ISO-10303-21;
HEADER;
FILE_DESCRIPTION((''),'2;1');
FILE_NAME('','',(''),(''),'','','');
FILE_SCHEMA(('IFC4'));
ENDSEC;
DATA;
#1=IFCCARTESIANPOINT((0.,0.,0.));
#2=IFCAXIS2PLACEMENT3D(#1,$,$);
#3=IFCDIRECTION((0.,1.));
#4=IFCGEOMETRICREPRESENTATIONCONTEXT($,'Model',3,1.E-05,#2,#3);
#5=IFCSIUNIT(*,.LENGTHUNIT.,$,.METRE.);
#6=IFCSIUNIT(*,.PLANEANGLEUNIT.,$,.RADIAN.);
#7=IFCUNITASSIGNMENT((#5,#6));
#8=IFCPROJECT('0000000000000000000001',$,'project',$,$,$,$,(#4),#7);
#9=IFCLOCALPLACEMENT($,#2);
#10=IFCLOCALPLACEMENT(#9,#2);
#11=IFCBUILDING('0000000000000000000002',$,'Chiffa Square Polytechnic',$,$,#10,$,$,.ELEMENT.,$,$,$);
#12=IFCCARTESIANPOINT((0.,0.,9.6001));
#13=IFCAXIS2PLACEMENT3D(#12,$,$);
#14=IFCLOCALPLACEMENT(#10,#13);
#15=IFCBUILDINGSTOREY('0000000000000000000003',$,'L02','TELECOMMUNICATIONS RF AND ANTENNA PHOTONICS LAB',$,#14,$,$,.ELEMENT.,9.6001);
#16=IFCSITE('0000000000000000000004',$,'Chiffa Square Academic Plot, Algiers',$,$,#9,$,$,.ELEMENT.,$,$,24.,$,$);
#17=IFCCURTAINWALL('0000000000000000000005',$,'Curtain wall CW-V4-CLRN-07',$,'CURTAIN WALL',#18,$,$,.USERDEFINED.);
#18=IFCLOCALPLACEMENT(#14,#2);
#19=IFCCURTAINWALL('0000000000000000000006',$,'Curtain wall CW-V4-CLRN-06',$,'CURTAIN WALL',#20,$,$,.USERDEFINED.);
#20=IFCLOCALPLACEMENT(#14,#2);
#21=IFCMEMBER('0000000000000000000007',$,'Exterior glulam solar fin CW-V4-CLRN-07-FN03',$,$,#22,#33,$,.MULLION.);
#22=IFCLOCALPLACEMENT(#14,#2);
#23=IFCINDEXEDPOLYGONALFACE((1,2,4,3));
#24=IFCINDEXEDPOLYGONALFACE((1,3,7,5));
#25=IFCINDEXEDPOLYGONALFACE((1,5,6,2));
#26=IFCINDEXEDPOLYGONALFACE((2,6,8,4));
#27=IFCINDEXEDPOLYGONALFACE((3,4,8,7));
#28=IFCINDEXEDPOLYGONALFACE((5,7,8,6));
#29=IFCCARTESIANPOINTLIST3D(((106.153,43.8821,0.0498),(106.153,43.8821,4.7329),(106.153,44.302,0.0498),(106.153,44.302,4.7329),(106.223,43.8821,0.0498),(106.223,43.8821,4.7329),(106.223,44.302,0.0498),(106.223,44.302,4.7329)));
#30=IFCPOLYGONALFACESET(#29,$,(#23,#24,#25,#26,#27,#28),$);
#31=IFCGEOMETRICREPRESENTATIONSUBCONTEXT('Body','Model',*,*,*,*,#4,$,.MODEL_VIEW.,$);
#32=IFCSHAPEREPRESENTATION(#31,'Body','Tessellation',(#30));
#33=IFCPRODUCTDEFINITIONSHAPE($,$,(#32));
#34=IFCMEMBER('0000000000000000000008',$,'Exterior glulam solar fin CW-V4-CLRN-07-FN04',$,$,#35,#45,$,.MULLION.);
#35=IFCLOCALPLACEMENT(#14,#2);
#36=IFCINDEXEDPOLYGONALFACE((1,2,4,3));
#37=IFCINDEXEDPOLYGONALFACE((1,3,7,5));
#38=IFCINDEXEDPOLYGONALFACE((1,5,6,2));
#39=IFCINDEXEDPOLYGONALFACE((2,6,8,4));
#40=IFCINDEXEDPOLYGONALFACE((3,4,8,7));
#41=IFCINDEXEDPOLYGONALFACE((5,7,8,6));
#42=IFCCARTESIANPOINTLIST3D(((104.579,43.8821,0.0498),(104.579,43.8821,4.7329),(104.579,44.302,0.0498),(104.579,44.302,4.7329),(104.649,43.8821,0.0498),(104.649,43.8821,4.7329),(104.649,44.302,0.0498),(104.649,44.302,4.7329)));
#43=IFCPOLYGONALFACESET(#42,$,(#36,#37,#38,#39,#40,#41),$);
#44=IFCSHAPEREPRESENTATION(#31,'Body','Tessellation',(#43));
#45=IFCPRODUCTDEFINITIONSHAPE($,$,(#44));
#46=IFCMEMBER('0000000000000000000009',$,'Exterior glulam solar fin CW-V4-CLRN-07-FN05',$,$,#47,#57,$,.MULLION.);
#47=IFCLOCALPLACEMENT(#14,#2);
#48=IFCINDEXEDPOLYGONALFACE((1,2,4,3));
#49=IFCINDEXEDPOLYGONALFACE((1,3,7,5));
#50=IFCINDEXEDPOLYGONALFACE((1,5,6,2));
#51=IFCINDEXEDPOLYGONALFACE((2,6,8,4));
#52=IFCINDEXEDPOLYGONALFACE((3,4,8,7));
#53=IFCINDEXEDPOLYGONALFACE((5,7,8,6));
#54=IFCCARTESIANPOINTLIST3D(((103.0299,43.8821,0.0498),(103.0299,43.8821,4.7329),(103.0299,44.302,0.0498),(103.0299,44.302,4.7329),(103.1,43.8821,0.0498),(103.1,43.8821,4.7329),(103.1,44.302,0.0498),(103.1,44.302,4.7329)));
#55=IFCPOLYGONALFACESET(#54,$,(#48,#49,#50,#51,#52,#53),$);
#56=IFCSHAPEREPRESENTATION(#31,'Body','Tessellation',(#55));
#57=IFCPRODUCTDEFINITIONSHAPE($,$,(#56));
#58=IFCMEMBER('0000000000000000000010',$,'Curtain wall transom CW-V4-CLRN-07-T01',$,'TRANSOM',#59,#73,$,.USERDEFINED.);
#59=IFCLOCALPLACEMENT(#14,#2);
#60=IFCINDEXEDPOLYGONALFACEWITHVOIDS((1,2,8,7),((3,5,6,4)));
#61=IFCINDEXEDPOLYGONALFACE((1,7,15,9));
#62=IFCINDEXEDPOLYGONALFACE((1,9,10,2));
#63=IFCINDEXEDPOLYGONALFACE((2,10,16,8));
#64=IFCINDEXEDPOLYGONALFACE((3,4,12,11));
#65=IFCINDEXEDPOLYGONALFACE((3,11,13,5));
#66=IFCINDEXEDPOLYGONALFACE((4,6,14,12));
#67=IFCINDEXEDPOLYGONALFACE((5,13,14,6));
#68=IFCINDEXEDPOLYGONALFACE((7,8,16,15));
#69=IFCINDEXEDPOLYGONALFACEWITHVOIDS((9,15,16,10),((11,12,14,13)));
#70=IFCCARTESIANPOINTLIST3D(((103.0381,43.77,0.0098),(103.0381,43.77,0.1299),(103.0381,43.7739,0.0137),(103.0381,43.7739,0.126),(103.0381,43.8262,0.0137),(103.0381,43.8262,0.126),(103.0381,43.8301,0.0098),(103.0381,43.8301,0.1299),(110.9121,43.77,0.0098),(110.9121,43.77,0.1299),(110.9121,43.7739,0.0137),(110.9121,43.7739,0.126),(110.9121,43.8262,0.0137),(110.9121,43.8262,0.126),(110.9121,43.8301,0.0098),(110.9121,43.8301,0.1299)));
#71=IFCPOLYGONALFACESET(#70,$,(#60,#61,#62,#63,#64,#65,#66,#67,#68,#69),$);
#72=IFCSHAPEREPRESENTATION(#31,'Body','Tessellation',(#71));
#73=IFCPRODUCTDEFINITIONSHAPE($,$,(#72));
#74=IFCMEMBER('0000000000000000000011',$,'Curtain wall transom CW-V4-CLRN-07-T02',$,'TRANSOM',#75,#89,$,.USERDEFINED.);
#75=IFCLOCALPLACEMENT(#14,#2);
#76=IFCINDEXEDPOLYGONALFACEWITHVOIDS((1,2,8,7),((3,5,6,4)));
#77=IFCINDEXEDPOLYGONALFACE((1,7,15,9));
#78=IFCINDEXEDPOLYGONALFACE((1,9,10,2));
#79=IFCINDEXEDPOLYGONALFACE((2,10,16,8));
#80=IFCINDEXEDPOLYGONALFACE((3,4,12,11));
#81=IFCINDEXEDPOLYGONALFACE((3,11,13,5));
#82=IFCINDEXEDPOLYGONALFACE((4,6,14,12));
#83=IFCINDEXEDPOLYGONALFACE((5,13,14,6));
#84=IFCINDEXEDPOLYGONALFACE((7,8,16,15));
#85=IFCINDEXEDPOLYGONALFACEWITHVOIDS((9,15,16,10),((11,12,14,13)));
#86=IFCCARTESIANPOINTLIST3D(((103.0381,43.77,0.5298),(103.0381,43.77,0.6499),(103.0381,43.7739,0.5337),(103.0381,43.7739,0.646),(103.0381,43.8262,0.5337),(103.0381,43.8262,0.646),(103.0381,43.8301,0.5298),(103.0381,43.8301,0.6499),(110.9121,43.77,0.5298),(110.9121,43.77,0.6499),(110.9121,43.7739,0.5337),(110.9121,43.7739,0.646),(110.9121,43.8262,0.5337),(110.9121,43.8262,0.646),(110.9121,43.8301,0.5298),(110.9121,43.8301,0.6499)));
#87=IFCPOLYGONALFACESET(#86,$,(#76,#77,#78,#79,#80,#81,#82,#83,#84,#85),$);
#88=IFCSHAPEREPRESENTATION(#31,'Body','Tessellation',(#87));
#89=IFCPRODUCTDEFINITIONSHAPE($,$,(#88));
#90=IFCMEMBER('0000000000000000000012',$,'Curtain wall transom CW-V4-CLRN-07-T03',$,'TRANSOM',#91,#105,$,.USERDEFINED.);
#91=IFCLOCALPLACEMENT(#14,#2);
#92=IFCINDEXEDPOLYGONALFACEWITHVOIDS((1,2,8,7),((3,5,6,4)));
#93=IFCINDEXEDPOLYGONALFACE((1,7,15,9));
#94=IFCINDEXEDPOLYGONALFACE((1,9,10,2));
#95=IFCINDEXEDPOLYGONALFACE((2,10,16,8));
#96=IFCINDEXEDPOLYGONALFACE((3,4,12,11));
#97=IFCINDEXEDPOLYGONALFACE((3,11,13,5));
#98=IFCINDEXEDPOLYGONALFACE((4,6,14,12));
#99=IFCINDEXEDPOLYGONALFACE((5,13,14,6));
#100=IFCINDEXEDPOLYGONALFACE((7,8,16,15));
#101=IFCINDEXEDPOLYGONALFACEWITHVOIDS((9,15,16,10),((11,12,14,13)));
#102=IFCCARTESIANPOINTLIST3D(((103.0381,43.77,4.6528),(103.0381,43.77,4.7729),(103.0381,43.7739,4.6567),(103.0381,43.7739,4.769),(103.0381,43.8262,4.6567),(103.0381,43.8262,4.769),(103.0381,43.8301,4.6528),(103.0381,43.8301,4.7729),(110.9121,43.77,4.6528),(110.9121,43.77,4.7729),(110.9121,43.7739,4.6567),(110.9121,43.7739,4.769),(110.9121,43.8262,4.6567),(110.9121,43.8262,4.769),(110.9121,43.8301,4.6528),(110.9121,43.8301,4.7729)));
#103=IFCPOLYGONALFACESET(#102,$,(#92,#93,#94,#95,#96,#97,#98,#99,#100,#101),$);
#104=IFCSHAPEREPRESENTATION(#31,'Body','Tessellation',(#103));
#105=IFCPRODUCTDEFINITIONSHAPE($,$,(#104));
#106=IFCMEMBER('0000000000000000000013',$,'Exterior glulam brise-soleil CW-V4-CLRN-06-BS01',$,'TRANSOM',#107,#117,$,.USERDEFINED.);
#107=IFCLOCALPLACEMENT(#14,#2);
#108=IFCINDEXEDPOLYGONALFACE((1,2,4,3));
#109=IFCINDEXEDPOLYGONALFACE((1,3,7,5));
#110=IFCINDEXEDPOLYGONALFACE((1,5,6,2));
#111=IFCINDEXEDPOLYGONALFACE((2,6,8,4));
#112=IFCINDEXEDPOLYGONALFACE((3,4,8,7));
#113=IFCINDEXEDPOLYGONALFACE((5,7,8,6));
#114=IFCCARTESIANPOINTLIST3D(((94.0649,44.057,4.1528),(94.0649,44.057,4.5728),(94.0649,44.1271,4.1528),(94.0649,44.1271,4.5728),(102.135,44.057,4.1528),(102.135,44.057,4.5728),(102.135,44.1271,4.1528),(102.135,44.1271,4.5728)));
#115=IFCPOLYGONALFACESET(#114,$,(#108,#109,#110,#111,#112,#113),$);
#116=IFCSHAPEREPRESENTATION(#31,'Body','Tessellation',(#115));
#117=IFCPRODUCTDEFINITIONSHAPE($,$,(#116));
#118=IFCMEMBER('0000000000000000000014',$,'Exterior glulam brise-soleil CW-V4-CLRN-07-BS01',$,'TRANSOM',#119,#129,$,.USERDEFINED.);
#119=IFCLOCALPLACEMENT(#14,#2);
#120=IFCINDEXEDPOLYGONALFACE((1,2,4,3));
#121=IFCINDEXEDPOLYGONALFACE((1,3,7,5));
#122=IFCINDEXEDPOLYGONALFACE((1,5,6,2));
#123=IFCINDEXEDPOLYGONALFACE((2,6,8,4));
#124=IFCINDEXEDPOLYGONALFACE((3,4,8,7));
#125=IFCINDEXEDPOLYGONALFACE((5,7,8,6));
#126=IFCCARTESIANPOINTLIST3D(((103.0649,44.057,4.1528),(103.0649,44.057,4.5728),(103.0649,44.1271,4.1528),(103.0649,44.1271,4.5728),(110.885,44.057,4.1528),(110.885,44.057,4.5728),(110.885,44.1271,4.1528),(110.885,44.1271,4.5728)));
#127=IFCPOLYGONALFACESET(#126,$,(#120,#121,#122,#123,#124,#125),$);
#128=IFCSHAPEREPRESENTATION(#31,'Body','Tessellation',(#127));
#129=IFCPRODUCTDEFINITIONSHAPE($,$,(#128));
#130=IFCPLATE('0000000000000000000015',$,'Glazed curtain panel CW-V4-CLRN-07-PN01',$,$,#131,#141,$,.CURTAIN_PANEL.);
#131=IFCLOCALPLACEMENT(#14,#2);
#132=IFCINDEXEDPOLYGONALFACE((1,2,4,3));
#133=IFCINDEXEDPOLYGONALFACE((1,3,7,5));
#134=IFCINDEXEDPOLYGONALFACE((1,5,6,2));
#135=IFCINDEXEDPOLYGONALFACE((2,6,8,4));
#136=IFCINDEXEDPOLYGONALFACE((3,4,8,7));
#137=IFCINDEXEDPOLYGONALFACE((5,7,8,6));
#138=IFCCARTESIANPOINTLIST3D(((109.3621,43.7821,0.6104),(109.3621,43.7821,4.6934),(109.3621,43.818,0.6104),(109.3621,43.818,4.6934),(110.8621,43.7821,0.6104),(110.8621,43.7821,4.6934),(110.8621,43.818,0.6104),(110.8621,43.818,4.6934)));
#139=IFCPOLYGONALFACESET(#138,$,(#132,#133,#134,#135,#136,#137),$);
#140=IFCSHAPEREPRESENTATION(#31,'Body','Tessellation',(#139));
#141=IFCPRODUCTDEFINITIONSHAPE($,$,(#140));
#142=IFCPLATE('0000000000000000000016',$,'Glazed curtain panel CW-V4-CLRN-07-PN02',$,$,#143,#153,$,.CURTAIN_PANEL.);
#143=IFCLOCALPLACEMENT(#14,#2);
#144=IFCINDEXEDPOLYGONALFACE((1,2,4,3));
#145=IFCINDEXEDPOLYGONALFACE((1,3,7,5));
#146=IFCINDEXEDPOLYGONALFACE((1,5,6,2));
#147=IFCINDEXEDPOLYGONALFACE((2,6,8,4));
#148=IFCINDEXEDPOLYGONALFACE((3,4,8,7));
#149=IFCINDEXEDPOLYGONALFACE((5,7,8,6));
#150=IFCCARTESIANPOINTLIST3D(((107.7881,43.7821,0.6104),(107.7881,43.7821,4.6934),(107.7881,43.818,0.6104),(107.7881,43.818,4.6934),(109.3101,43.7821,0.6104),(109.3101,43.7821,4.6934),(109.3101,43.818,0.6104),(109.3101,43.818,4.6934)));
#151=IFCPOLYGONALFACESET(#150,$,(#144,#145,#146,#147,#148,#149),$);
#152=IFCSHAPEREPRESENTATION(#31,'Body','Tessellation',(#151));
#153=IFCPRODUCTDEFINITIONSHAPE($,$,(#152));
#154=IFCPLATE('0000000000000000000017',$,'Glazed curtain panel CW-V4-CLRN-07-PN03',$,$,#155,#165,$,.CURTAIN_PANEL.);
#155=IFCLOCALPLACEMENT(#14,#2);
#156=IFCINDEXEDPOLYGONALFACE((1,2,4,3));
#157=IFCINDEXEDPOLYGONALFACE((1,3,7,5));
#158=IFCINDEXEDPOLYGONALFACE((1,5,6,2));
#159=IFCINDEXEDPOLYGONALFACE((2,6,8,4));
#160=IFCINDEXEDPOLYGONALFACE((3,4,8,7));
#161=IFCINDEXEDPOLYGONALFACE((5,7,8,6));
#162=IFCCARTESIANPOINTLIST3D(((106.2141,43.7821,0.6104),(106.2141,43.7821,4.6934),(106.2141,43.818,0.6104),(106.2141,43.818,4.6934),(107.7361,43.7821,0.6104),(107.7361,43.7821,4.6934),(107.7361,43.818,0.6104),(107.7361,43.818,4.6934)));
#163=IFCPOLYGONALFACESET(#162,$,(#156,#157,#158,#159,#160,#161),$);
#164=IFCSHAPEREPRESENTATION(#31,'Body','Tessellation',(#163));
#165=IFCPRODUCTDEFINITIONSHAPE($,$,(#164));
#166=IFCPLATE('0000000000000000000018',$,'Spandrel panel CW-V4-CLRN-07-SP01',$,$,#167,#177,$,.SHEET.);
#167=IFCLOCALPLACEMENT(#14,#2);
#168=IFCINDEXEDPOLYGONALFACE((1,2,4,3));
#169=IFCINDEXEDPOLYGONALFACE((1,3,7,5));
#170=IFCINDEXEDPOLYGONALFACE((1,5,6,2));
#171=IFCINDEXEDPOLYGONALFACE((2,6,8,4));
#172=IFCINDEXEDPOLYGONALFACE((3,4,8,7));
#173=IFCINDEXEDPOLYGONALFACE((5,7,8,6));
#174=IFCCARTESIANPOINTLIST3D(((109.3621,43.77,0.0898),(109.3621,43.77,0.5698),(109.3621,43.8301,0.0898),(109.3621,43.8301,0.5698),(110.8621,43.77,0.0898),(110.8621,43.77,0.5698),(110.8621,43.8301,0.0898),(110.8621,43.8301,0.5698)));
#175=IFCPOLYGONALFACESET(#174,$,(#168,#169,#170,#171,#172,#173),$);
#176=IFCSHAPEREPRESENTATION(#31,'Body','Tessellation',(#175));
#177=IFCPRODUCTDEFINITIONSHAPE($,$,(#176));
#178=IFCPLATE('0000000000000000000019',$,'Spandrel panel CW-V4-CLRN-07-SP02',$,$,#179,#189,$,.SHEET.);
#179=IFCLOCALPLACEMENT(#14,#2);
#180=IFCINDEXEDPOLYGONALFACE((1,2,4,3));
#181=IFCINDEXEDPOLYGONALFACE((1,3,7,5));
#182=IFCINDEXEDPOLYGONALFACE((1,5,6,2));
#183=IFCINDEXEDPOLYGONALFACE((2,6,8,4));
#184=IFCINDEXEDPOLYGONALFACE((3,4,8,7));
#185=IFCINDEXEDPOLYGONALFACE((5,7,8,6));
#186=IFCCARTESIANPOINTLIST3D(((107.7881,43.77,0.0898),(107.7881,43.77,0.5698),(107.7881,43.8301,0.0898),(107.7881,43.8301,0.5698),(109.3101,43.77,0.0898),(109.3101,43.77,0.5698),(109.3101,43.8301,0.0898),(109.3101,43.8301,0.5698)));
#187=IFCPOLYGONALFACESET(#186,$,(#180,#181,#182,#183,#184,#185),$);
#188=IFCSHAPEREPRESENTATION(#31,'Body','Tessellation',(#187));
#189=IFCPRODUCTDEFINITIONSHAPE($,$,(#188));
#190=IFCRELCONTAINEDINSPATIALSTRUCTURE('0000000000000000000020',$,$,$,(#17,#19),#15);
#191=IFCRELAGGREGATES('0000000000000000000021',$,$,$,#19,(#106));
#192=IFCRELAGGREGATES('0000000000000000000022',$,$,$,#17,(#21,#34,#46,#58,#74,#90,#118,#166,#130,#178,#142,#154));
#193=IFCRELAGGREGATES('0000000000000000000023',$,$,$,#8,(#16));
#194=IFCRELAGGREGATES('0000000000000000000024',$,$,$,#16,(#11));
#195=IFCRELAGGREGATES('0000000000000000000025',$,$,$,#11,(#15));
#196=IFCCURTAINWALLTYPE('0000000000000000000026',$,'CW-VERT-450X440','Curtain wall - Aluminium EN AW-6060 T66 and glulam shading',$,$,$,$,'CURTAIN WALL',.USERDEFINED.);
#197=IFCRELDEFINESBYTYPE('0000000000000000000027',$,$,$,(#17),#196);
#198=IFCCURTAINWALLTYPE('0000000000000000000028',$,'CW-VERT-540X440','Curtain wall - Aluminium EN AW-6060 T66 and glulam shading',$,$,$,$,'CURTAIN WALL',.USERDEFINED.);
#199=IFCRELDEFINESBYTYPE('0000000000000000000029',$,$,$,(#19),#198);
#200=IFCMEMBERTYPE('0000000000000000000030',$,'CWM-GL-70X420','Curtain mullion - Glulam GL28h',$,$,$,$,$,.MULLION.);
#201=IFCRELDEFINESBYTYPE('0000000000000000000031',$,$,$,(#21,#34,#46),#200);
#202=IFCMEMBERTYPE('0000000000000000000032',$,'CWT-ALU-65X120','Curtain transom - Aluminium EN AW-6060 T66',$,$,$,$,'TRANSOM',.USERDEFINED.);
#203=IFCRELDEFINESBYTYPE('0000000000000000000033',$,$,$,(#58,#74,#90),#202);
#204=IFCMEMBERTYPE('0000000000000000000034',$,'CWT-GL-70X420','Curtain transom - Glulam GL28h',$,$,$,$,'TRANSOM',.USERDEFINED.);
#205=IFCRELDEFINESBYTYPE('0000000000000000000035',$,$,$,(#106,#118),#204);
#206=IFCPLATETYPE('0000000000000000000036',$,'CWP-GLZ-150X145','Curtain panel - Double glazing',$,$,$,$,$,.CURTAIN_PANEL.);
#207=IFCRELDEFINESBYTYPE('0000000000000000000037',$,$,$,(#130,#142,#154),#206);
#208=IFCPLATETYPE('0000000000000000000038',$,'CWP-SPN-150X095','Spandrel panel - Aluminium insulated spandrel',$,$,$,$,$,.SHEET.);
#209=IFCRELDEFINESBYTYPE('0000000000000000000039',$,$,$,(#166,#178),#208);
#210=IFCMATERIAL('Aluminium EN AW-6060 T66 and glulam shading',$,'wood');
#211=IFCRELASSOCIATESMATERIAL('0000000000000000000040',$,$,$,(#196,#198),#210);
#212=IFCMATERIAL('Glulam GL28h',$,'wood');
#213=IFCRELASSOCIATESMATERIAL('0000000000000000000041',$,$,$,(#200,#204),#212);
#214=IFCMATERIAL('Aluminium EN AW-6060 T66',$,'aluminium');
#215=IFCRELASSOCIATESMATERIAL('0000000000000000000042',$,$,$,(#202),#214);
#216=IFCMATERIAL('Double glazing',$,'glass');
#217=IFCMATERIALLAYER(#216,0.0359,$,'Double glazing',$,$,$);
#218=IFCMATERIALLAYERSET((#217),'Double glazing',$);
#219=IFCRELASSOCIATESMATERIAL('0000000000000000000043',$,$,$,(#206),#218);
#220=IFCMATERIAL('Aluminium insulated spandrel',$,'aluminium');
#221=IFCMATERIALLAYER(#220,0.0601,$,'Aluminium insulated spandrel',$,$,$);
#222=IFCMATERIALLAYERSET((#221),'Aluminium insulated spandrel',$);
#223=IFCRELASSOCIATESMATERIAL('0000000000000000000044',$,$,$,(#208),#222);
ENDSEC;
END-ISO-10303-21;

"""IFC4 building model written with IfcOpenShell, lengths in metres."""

from ifc_helpers import new_model, si_unit, direction, frame, origin, origin_2d, place, context, subcontext, project, spatial, rectangle, hollow_rectangle, extrude, material, layer, layer_set, material_profile, profile_set, type_object, element, aggregate, save


model = new_model("IFC4")

# Units and contexts
model_context = context("Model", 3, precision=1e-05, world=origin(), true_north=direction((0.0, 1.0)))
body_context = subcontext(model_context, "Body", "Model", "MODEL_VIEW")
ifc_project = project(units=[si_unit("LENGTHUNIT", "METRE"), si_unit("PLANEANGLEUNIT", "RADIAN")], contexts=[model_context])

# Site, building, storey
site_placement = place(None, origin())
site = spatial("IfcSite", under=ifc_project, at=site_placement, Name="Chiffa Square Academic Plot, Algiers", CompositionType="ELEMENT", RefElevation=24.0)
building_placement = place(site_placement, origin())
building = spatial("IfcBuilding", under=site, at=building_placement, Name="Chiffa Square Polytechnic", CompositionType="ELEMENT")
storey_placement = place(building_placement, frame((0.0, 0.0, 9.6001)))
storey = spatial("IfcBuildingStorey", under=building, at=storey_placement, Name="L02", Description="TELECOMMUNICATIONS RF AND ANTENNA PHOTONICS LAB", CompositionType="ELEMENT", Elevation=9.6001)

# Curtain walls
ifc_material_1 = material(Name="Aluminium EN AW-6060 T66 and glulam shading", Category="wood")
curtain_wall_type_1 = type_object("IfcCurtainWallType", Name="CW-VERT-450X440", Description="Curtain wall - Aluminium EN AW-6060 T66 and glulam shading", ElementType="CURTAIN WALL", PredefinedType="USERDEFINED", material=ifc_material_1)
curtain_wall_1_placement = place(storey_placement, origin())
curtain_wall_1 = element("IfcCurtainWall", 1, at=curtain_wall_1_placement, inside=storey, type_object=curtain_wall_type_1, Name="Curtain wall CW-V4-CLRN-07", ObjectType="CURTAIN WALL", PredefinedType="USERDEFINED")
ifc_material_2 = material(Name="Aluminium EN AW-6060 T66", Category="aluminium")
curtain_wall_type_2 = type_object("IfcCurtainWallType", Name="CW-VERT-540X440", Description="Curtain wall - Aluminium EN AW-6060 T66 and glulam shading", ElementType="CURTAIN WALL", PredefinedType="USERDEFINED", material=ifc_material_1)
curtain_wall_2_placement = place(storey_placement, origin())
curtain_wall_2 = element("IfcCurtainWall", 2, at=curtain_wall_2_placement, inside=storey, type_object=curtain_wall_type_2, Name="Curtain wall CW-V4-CLRN-06", ObjectType="CURTAIN WALL", PredefinedType="USERDEFINED")
ifc_material_3 = material(Name="Glulam GL28h", Category="wood")
ifc_material_profile_1 = material_profile(ifc_material_3, rectangle(XDim=0.0701, YDim=0.4199, at=origin_2d()), Name="GL28h 70x420")
ifc_profile_set_1 = profile_set([ifc_material_profile_1], Name="Glulam GL28h")
member_type_1 = type_object("IfcMemberType", Name="CWM-GL-70X420", Description="Curtain mullion - Glulam GL28h", PredefinedType="MULLION", material=ifc_profile_set_1)

# Members
member_1_placement = place(storey_placement, frame((106.188, 44.092, 0.0498), z_axis=(0.0, 0.0, 1.0), x_axis=(-1.0, 0.0, 0.0)))
member_1 = element("IfcMember", 3, at=member_1_placement, type_object=member_type_1, Name="Exterior glulam solar fin CW-V4-CLRN-07-FN03", PredefinedType="MULLION", context=body_context, shape_type="SweptSolid", body=[
    extrude(rectangle(XDim=0.0701, YDim=0.4199, at=origin_2d()), origin(), (0.0, 0.0, 1.0), 4.6831),
])
member_2_placement = place(storey_placement, frame((104.614, 44.092, 0.0498), z_axis=(0.0, 0.0, 1.0), x_axis=(-1.0, 0.0, 0.0)))
member_2 = element("IfcMember", 4, at=member_2_placement, type_object=member_type_1, Name="Exterior glulam solar fin CW-V4-CLRN-07-FN04", PredefinedType="MULLION", context=body_context, shape_type="SweptSolid", body=[
    extrude(rectangle(XDim=0.0701, YDim=0.4199, at=origin_2d()), origin(), (0.0, 0.0, 1.0), 4.6831),
])
member_3_placement = place(storey_placement, frame((103.0649, 44.092, 0.0498), z_axis=(0.0, 0.0, 1.0), x_axis=(-1.0, 0.0, 0.0)))
member_3 = element("IfcMember", 5, at=member_3_placement, type_object=member_type_1, Name="Exterior glulam solar fin CW-V4-CLRN-07-FN05", PredefinedType="MULLION", context=body_context, shape_type="SweptSolid", body=[
    extrude(rectangle(XDim=0.0701, YDim=0.4199, at=origin_2d()), origin(), (0.0, 0.0, 1.0), 4.6831),
])
ifc_material_profile_2 = material_profile(ifc_material_2, hollow_rectangle(XDim=0.0601, YDim=0.1201, WallThickness=0.0039, at=origin_2d()), Name="ALU 60x120x4")
ifc_profile_set_2 = profile_set([ifc_material_profile_2], Name="Aluminium EN AW-6060 T66")
member_type_2 = type_object("IfcMemberType", Name="CWT-ALU-65X120", Description="Curtain transom - Aluminium EN AW-6060 T66", ElementType="TRANSOM", PredefinedType="USERDEFINED", material=ifc_profile_set_2)
member_4_placement = place(storey_placement, frame((110.9121, 43.8, 0.0698), z_axis=(-1.0, 0.0, 0.0), x_axis=(0.0, -1.0, 0.0)))
member_4 = element("IfcMember", 6, at=member_4_placement, type_object=member_type_2, Name="Curtain wall transom CW-V4-CLRN-07-T01", ObjectType="TRANSOM", PredefinedType="USERDEFINED", context=body_context, shape_type="SweptSolid", body=[
    extrude(hollow_rectangle(XDim=0.0601, YDim=0.1201, WallThickness=0.0039, at=origin_2d()), origin(), (0.0, 0.0, 1.0), 7.874),
])
member_5_placement = place(storey_placement, frame((110.9121, 43.8, 0.5898), z_axis=(-1.0, 0.0, 0.0), x_axis=(0.0, -1.0, 0.0)))
member_5 = element("IfcMember", 7, at=member_5_placement, type_object=member_type_2, Name="Curtain wall transom CW-V4-CLRN-07-T02", ObjectType="TRANSOM", PredefinedType="USERDEFINED", context=body_context, shape_type="SweptSolid", body=[
    extrude(hollow_rectangle(XDim=0.0601, YDim=0.1201, WallThickness=0.0039, at=origin_2d()), origin(), (0.0, 0.0, 1.0), 7.874),
])
member_6_placement = place(storey_placement, frame((110.9121, 43.8, 4.7129), z_axis=(-1.0, 0.0, 0.0), x_axis=(0.0, -1.0, 0.0)))
member_6 = element("IfcMember", 8, at=member_6_placement, type_object=member_type_2, Name="Curtain wall transom CW-V4-CLRN-07-T03", ObjectType="TRANSOM", PredefinedType="USERDEFINED", context=body_context, shape_type="SweptSolid", body=[
    extrude(hollow_rectangle(XDim=0.0601, YDim=0.1201, WallThickness=0.0039, at=origin_2d()), origin(), (0.0, 0.0, 1.0), 7.874),
])
ifc_material_profile_3 = material_profile(ifc_material_3, rectangle(XDim=0.0701, YDim=0.4199, at=origin_2d()), Name="GL28h 70x420")
ifc_profile_set_3 = profile_set([ifc_material_profile_3], Name="Glulam GL28h")
member_type_3 = type_object("IfcMemberType", Name="CWT-GL-70X420", Description="Curtain transom - Glulam GL28h", ElementType="TRANSOM", PredefinedType="USERDEFINED", material=ifc_profile_set_3)
member_7_placement = place(storey_placement, frame((102.135, 44.092, 4.3628), z_axis=(-1.0, 0.0, 0.0), x_axis=(0.0, -1.0, 0.0)))
member_7 = element("IfcMember", 9, at=member_7_placement, type_object=member_type_3, Name="Exterior glulam brise-soleil CW-V4-CLRN-06-BS01", ObjectType="TRANSOM", PredefinedType="USERDEFINED", context=body_context, shape_type="SweptSolid", body=[
    extrude(rectangle(XDim=0.0701, YDim=0.4199, at=origin_2d()), origin(), (0.0, 0.0, 1.0), 8.0701),
])
aggregate(curtain_wall_2, [member_7])
member_8_placement = place(storey_placement, frame((110.885, 44.092, 4.3628), z_axis=(-1.0, 0.0, 0.0), x_axis=(0.0, -1.0, 0.0)))
member_8 = element("IfcMember", 10, at=member_8_placement, type_object=member_type_3, Name="Exterior glulam brise-soleil CW-V4-CLRN-07-BS01", ObjectType="TRANSOM", PredefinedType="USERDEFINED", context=body_context, shape_type="SweptSolid", body=[
    extrude(rectangle(XDim=0.0701, YDim=0.4199, at=origin_2d()), origin(), (0.0, 0.0, 1.0), 7.8201),
])

# Plates
ifc_material_4 = material(Name="Double glazing", Category="glass")
ifc_layer_1 = layer(ifc_material_4, 0.0359, Name="Double glazing")
ifc_layer_set_1 = layer_set([ifc_layer_1], Name="Double glazing")
plate_type_1 = type_object("IfcPlateType", Name="CWP-GLZ-150X145", Description="Curtain panel - Double glazing", PredefinedType="CURTAIN_PANEL", material=ifc_layer_set_1)
plate_1_placement = place(storey_placement, frame((110.1121, 43.8, 0.6104), z_axis=(0.0, 0.0, 1.0), x_axis=(-1.0, 0.0, 0.0)))
plate_1 = element("IfcPlate", 11, at=plate_1_placement, type_object=plate_type_1, Name="Glazed curtain panel CW-V4-CLRN-07-PN01", PredefinedType="CURTAIN_PANEL", context=body_context, shape_type="SweptSolid", body=[
    extrude(rectangle(XDim=1.5, YDim=0.0359, at=origin_2d()), origin(), (0.0, 0.0, 1.0), 4.083),
])
plate_2_placement = place(storey_placement, frame((108.5491, 43.8, 0.6104), z_axis=(0.0, 0.0, 1.0), x_axis=(-1.0, 0.0, 0.0)))
plate_2 = element("IfcPlate", 12, at=plate_2_placement, type_object=plate_type_1, Name="Glazed curtain panel CW-V4-CLRN-07-PN02", PredefinedType="CURTAIN_PANEL", context=body_context, shape_type="SweptSolid", body=[
    extrude(rectangle(XDim=1.522, YDim=0.0359, at=origin_2d()), origin(), (0.0, 0.0, 1.0), 4.083),
])
plate_3_placement = place(storey_placement, frame((106.9751, 43.8, 0.6104), z_axis=(0.0, 0.0, 1.0), x_axis=(-1.0, 0.0, 0.0)))
plate_3 = element("IfcPlate", 13, at=plate_3_placement, type_object=plate_type_1, Name="Glazed curtain panel CW-V4-CLRN-07-PN03", PredefinedType="CURTAIN_PANEL", context=body_context, shape_type="SweptSolid", body=[
    extrude(rectangle(XDim=1.522, YDim=0.0359, at=origin_2d()), origin(), (0.0, 0.0, 1.0), 4.083),
])
ifc_material_5 = material(Name="Aluminium insulated spandrel", Category="aluminium")
ifc_layer_2 = layer(ifc_material_5, 0.0601, Name="Aluminium insulated spandrel")
ifc_layer_set_2 = layer_set([ifc_layer_2], Name="Aluminium insulated spandrel")
plate_type_2 = type_object("IfcPlateType", Name="CWP-SPN-150X095", Description="Spandrel panel - Aluminium insulated spandrel", PredefinedType="SHEET", material=ifc_layer_set_2)
plate_4_placement = place(storey_placement, frame((110.1121, 43.8, 0.0898), z_axis=(0.0, 0.0, 1.0), x_axis=(-1.0, 0.0, 0.0)))
plate_4 = element("IfcPlate", 14, at=plate_4_placement, type_object=plate_type_2, Name="Spandrel panel CW-V4-CLRN-07-SP01", PredefinedType="SHEET", context=body_context, shape_type="SweptSolid", body=[
    extrude(rectangle(XDim=1.5, YDim=0.0601, at=origin_2d()), origin(), (0.0, 0.0, 1.0), 0.48),
])
plate_5_placement = place(storey_placement, frame((108.5491, 43.8, 0.0898), z_axis=(0.0, 0.0, 1.0), x_axis=(-1.0, 0.0, 0.0)))
plate_5 = element("IfcPlate", 15, at=plate_5_placement, type_object=plate_type_2, Name="Spandrel panel CW-V4-CLRN-07-SP02", PredefinedType="SHEET", context=body_context, shape_type="SweptSolid", body=[
    extrude(rectangle(XDim=1.522, YDim=0.0601, at=origin_2d()), origin(), (0.0, 0.0, 1.0), 0.48),
])
aggregate(curtain_wall_1, [member_1, member_2, member_3, member_4, member_5, member_6, member_8, plate_4, plate_1, plate_5, plate_2, plate_3])

save(model, "model.ifc")
